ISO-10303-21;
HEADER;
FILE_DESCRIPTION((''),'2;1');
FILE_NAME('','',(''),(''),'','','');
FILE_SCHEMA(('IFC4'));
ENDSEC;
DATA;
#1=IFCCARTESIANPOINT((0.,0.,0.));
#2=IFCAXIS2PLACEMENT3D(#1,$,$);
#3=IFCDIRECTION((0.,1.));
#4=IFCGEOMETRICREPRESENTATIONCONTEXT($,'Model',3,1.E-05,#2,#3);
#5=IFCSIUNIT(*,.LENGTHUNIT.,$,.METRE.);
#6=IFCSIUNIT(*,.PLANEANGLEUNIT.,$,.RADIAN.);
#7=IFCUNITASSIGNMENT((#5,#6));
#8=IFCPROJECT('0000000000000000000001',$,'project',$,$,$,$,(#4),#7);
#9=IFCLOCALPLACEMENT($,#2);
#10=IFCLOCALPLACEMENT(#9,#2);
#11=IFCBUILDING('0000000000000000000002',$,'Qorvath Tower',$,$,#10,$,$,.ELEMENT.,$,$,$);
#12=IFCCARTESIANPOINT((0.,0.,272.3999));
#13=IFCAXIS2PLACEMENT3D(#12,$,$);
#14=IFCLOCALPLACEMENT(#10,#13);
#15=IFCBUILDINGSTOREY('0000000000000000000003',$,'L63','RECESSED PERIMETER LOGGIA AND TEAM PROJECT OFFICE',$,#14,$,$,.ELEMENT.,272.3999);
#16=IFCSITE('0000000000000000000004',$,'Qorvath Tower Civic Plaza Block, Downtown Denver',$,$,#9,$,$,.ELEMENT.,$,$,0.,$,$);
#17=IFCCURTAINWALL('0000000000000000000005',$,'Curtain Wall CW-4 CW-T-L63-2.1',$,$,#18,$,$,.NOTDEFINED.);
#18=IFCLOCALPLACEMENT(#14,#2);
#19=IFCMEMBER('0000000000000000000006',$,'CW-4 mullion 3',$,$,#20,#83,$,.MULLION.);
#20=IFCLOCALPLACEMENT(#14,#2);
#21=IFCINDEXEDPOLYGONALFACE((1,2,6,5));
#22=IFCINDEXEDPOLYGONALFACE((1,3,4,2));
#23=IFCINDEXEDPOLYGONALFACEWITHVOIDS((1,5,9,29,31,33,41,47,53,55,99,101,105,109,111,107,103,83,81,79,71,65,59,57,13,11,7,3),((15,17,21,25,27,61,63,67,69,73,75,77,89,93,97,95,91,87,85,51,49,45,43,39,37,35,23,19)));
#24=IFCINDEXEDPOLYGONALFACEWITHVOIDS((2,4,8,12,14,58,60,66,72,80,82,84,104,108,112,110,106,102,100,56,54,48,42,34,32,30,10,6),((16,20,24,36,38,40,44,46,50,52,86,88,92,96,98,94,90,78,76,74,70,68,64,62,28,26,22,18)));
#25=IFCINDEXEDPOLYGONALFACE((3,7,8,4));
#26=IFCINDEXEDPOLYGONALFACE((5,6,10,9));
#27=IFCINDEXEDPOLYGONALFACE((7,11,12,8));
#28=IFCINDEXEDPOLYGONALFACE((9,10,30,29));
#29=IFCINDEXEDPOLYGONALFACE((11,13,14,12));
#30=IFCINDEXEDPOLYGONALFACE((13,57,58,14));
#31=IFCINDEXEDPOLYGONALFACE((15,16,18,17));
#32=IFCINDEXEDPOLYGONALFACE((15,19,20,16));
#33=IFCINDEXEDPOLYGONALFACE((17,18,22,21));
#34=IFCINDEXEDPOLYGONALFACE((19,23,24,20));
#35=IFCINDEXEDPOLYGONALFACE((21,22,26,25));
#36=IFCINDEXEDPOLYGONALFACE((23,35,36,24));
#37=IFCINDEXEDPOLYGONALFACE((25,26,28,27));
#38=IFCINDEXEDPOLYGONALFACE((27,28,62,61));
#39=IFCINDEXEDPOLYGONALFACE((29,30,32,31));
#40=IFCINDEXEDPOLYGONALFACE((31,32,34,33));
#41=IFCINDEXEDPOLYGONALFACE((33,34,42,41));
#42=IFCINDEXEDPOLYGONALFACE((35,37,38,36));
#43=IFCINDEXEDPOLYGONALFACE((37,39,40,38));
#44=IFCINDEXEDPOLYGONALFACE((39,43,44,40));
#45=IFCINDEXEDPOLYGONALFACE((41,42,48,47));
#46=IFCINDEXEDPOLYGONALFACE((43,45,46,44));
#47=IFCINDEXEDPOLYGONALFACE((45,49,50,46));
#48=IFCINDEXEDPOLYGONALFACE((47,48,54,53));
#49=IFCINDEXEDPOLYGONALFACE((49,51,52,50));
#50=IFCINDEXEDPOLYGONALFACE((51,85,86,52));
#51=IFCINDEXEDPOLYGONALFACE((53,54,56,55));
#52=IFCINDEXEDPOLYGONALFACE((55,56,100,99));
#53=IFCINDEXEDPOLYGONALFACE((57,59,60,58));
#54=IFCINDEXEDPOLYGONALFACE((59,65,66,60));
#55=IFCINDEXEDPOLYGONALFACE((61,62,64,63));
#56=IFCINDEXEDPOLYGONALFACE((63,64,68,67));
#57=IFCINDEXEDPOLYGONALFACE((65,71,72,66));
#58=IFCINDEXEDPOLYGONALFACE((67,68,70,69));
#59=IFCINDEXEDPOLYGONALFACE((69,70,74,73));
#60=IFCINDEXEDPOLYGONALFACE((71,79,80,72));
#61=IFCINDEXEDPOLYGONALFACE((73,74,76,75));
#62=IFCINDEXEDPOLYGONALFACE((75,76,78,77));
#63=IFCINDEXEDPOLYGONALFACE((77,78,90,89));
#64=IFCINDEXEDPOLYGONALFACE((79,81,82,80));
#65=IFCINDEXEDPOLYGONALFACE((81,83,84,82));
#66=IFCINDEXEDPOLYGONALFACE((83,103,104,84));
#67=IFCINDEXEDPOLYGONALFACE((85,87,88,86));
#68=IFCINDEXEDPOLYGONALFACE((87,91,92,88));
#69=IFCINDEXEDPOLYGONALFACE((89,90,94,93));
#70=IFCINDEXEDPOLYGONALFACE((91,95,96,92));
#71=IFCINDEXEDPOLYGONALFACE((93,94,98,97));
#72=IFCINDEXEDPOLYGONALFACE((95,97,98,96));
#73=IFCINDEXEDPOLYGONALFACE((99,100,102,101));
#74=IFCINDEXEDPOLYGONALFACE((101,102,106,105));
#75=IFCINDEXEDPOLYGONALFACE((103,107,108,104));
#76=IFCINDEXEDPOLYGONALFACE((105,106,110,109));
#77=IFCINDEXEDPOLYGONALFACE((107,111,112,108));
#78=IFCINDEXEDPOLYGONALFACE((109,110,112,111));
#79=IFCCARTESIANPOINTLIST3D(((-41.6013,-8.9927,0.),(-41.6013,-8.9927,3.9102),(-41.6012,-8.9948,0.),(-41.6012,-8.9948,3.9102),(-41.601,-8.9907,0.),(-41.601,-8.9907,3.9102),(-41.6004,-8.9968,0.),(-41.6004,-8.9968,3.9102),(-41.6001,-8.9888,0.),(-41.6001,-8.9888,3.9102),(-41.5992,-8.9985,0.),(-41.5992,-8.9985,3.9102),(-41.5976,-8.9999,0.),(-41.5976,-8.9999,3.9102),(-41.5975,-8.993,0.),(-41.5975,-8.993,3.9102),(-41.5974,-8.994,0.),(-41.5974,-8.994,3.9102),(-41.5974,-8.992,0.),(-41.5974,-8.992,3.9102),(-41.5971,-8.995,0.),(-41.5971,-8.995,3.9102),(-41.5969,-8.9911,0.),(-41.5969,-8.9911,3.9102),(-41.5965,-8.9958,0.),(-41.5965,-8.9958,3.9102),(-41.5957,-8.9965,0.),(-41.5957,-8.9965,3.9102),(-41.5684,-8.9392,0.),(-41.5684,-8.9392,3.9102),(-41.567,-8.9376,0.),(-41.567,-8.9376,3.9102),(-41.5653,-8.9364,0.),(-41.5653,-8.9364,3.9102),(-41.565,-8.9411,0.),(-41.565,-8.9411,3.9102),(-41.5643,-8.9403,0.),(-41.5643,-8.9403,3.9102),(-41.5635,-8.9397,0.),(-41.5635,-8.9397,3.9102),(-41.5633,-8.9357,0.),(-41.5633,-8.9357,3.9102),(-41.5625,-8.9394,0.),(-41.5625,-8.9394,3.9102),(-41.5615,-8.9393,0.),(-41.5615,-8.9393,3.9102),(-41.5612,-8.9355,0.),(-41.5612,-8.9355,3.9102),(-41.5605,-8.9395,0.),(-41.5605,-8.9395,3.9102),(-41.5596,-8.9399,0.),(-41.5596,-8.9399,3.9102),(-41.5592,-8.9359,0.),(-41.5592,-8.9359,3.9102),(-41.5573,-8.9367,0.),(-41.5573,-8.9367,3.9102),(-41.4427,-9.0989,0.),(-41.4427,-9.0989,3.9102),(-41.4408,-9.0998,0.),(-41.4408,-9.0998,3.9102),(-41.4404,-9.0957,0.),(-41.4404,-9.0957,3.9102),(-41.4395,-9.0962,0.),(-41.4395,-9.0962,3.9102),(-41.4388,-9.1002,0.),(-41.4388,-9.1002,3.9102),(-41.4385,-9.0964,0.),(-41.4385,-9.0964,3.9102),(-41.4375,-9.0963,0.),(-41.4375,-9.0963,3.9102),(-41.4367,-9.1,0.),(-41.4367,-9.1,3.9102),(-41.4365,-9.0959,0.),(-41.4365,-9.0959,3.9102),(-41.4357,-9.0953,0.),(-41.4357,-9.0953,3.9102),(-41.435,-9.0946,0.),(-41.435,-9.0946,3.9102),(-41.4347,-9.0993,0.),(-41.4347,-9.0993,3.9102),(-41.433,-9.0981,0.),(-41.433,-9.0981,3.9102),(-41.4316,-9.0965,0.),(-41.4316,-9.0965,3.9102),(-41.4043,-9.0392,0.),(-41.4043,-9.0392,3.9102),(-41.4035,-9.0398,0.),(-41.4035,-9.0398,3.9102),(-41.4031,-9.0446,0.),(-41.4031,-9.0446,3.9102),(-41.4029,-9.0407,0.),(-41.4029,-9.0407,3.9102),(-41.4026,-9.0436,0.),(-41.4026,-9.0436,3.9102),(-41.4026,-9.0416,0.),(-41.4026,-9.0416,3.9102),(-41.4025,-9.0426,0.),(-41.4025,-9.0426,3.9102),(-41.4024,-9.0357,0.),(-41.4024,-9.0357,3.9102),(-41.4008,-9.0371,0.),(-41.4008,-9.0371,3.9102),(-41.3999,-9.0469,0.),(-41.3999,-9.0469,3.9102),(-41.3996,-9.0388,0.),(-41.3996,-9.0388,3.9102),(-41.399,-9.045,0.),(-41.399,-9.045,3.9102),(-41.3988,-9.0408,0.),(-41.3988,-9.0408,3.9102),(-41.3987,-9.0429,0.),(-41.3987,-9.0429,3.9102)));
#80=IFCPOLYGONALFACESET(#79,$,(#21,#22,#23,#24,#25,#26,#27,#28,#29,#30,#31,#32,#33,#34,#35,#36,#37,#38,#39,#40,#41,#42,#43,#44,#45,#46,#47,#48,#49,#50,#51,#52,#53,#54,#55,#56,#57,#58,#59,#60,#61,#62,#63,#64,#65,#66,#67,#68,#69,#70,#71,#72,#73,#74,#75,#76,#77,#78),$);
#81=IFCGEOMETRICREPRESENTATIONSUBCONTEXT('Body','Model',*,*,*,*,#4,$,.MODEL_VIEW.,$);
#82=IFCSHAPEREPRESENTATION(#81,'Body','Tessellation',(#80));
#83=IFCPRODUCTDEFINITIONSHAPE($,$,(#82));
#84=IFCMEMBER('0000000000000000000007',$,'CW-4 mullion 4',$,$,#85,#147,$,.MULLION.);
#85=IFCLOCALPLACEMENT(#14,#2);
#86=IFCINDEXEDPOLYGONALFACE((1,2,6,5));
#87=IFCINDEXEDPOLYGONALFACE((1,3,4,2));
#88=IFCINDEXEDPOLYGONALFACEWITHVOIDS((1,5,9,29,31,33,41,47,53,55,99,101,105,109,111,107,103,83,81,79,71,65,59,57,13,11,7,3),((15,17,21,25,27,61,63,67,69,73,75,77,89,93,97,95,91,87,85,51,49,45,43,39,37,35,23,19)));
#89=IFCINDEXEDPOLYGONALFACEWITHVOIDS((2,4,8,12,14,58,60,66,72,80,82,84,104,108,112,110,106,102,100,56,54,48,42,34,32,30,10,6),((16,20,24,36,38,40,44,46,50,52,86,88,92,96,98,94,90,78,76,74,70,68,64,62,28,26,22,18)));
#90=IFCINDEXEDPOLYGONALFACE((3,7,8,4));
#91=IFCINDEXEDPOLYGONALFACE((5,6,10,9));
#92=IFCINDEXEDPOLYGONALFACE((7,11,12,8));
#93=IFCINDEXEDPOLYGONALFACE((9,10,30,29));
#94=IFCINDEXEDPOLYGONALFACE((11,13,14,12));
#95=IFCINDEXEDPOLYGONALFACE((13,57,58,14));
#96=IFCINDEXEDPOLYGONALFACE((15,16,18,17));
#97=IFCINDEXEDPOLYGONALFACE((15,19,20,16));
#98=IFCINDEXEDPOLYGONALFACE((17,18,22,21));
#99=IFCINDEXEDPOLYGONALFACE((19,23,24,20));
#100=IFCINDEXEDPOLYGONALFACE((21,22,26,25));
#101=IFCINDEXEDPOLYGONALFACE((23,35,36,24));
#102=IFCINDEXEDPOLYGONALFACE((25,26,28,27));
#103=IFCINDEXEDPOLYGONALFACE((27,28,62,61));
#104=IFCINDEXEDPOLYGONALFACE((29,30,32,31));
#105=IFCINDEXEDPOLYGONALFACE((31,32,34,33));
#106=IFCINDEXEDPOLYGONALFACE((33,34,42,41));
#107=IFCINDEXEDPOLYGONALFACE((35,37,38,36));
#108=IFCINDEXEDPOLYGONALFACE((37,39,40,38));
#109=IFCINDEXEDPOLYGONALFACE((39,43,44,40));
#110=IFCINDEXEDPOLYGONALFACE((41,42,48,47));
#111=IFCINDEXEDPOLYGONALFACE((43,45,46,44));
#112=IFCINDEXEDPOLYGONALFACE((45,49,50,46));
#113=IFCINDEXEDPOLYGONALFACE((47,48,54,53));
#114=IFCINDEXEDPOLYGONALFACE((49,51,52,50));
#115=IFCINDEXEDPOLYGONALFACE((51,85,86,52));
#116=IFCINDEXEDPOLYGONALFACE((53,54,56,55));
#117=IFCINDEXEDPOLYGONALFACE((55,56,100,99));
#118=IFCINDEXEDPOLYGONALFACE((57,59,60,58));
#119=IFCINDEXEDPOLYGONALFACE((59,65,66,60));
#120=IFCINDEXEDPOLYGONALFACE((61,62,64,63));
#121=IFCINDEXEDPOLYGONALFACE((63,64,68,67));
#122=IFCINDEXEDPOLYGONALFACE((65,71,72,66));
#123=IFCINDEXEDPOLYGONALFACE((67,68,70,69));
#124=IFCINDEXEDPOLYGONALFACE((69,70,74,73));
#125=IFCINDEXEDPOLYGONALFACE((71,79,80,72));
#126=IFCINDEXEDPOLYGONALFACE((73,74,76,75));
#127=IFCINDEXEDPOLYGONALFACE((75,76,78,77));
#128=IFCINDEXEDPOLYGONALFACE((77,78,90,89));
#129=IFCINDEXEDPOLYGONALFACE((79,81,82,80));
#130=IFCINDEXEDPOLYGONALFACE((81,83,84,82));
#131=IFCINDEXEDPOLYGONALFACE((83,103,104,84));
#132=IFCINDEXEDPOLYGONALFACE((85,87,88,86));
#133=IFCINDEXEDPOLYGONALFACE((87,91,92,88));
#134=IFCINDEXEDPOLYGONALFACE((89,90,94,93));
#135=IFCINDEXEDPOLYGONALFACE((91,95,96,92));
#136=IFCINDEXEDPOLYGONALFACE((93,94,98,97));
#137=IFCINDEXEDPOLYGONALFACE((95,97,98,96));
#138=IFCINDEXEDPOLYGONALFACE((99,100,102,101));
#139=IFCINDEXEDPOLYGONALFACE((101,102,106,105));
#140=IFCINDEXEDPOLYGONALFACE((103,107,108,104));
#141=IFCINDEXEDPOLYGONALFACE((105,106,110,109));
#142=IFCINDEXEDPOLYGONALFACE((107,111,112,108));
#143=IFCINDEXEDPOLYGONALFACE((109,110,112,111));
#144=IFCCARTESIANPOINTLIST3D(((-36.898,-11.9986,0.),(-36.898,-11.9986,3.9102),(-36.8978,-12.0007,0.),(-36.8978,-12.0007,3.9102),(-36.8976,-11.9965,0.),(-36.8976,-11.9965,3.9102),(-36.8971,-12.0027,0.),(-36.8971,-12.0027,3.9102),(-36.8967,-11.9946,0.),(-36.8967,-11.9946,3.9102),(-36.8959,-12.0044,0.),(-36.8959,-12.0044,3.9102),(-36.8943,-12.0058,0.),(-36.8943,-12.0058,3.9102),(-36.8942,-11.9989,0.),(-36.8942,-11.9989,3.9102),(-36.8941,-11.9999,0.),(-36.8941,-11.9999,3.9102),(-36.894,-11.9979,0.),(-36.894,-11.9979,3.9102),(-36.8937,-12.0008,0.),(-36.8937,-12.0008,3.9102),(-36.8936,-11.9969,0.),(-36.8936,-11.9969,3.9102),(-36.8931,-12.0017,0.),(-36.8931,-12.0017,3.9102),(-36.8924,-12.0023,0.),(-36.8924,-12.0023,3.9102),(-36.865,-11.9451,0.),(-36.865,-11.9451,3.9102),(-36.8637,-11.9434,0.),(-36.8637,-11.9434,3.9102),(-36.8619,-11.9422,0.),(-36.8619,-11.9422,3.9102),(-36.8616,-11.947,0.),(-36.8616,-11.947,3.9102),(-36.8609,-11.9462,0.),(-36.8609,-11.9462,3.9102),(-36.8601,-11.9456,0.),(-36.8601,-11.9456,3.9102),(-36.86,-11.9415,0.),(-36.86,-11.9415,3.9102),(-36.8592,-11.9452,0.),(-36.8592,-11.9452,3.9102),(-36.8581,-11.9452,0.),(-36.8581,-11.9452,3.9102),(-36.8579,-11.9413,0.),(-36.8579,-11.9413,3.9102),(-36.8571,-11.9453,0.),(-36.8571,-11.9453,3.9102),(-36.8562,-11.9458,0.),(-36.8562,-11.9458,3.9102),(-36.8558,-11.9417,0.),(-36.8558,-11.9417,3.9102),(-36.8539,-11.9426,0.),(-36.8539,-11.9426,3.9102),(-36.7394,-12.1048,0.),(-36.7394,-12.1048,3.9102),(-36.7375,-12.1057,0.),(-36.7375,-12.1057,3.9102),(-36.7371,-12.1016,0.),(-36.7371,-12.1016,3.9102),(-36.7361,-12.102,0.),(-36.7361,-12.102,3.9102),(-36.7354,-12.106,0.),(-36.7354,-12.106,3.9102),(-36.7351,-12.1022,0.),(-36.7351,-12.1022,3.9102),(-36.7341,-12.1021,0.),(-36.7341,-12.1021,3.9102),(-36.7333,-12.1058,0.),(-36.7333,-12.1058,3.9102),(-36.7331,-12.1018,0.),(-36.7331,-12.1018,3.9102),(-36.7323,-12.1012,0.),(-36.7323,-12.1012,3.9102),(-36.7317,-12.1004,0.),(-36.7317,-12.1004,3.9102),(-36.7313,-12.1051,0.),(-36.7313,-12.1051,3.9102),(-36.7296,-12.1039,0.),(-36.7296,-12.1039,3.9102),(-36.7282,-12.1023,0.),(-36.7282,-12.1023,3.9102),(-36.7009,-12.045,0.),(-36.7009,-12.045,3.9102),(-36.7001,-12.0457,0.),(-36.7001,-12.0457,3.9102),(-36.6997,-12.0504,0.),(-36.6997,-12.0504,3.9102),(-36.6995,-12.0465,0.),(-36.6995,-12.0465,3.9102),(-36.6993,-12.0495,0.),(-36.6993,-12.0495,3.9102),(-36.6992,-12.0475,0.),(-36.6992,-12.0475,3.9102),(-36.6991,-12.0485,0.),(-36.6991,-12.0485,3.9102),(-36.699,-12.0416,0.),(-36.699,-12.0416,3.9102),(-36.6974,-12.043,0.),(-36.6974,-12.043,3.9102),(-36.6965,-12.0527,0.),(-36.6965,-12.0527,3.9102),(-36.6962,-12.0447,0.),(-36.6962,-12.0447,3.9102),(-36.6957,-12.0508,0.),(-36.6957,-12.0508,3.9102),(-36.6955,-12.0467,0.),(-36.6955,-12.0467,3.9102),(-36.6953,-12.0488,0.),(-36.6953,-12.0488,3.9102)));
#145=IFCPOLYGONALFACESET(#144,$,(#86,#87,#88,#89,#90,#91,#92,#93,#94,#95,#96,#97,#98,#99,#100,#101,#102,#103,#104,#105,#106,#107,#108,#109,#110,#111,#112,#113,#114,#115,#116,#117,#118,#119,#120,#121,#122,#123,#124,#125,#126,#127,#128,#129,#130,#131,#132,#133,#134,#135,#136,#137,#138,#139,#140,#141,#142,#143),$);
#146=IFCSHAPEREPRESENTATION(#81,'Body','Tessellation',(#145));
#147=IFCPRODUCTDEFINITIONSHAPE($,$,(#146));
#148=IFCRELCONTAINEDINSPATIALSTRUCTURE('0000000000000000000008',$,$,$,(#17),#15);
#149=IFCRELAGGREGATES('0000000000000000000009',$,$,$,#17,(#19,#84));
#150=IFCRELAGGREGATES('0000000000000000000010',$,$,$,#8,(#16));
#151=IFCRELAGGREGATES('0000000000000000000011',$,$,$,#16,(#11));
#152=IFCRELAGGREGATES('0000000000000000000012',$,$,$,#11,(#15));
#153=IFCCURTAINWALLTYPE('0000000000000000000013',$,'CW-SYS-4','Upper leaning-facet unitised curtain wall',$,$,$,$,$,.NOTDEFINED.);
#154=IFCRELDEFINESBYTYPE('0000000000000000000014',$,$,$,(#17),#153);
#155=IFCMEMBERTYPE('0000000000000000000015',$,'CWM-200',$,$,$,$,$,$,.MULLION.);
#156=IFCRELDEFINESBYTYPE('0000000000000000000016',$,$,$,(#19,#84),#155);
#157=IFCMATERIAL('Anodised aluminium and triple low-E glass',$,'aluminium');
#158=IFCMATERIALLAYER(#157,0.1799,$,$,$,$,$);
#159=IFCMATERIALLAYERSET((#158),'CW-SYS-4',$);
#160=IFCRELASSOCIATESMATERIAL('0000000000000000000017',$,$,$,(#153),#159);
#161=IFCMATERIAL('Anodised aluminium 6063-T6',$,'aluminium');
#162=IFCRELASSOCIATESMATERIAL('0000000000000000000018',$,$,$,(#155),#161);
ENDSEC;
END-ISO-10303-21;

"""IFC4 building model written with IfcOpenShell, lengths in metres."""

from ifc_helpers import new_model, si_unit, direction, frame, origin, origin_2d, place, context, subcontext, project, spatial, hollow_rectangle, extrude, material, layer, layer_set, material_profile, profile_set, type_object, element, aggregate, save


model = new_model("IFC4")

# Units and contexts
model_context = context("Model", 3, precision=1e-05, world=origin(), true_north=direction((0.0, 1.0)))
body_context = subcontext(model_context, "Body", "Model", "MODEL_VIEW")
ifc_project = project(units=[si_unit("LENGTHUNIT", "METRE"), si_unit("PLANEANGLEUNIT", "RADIAN")], contexts=[model_context])

# Site, building, storey
site_placement = place(None, origin())
site = spatial("IfcSite", under=ifc_project, at=site_placement, Name="Qorvath Tower Civic Plaza Block, Downtown Denver", CompositionType="ELEMENT", RefElevation=0.0)
building_placement = place(site_placement, origin())
building = spatial("IfcBuilding", under=site, at=building_placement, Name="Qorvath Tower", CompositionType="ELEMENT")
storey_placement = place(building_placement, frame((0.0, 0.0, 272.3999)))
storey = spatial("IfcBuildingStorey", under=building, at=storey_placement, Name="L63", Description="RECESSED PERIMETER LOGGIA AND TEAM PROJECT OFFICE", CompositionType="ELEMENT", Elevation=272.3999)

# Curtain wall, members
ifc_material_1 = material(Name="Anodised aluminium and triple low-E glass", Category="aluminium")
ifc_layer_1 = layer(ifc_material_1, 0.1799)
ifc_layer_set_1 = layer_set([ifc_layer_1], Name="CW-SYS-4")
curtain_wall_type = type_object("IfcCurtainWallType", Name="CW-SYS-4", Description="Upper leaning-facet unitised curtain wall", PredefinedType="NOTDEFINED", material=ifc_layer_set_1)
curtain_wall_placement = place(storey_placement, origin())
curtain_wall = element("IfcCurtainWall", 1, at=curtain_wall_placement, inside=storey, type_object=curtain_wall_type, Name="Curtain Wall CW-4 CW-T-L63-2.1", PredefinedType="NOTDEFINED")
ifc_material_2 = material(Name="Anodised aluminium 6063-T6", Category="aluminium")
ifc_material_profile_1 = material_profile(ifc_material_2, hollow_rectangle(XDim=0.075, YDim=0.2, WallThickness=0.0039, InnerFilletRadius=0.0039, OuterFilletRadius=0.0081, at=origin_2d()), Name="CWM 200x75")
ifc_profile_set_1 = profile_set([ifc_material_profile_1], Name="Anodised aluminium 6063-T6")
member_type_1 = type_object("IfcMemberType", Name="CWM-200", PredefinedType="MULLION", material=ifc_profile_set_1)
member_1_placement = place(storey_placement, frame((-41.5, -9.0178, 0.0), z_axis=(0.0, 0.0, 1.0), x_axis=(0.538534, 0.842604, 0.0)))
member_1 = element("IfcMember", 2, at=member_1_placement, type_object=member_type_1, Name="CW-4 mullion 3", PredefinedType="MULLION", context=body_context, shape_type="SweptSolid", body=[
    extrude(hollow_rectangle(XDim=0.075, YDim=0.2, WallThickness=0.0039, InnerFilletRadius=0.0039, OuterFilletRadius=0.0081, at=origin_2d()), origin(), (0.0, 0.0, 1.0), 3.9102),
])
member_2_placement = place(storey_placement, frame((-36.7966, -12.0237, 0.0), z_axis=(0.0, 0.0, 1.0), x_axis=(0.538534, 0.842604, 0.0)))
member_2 = element("IfcMember", 3, at=member_2_placement, type_object=member_type_1, Name="CW-4 mullion 4", PredefinedType="MULLION", context=body_context, shape_type="SweptSolid", body=[
    extrude(hollow_rectangle(XDim=0.075, YDim=0.2, WallThickness=0.0039, InnerFilletRadius=0.0039, OuterFilletRadius=0.0081, at=origin_2d()), origin(), (0.0, 0.0, 1.0), 3.9102),
])
aggregate(curtain_wall, [member_1, member_2])

save(model, "model.ifc")
